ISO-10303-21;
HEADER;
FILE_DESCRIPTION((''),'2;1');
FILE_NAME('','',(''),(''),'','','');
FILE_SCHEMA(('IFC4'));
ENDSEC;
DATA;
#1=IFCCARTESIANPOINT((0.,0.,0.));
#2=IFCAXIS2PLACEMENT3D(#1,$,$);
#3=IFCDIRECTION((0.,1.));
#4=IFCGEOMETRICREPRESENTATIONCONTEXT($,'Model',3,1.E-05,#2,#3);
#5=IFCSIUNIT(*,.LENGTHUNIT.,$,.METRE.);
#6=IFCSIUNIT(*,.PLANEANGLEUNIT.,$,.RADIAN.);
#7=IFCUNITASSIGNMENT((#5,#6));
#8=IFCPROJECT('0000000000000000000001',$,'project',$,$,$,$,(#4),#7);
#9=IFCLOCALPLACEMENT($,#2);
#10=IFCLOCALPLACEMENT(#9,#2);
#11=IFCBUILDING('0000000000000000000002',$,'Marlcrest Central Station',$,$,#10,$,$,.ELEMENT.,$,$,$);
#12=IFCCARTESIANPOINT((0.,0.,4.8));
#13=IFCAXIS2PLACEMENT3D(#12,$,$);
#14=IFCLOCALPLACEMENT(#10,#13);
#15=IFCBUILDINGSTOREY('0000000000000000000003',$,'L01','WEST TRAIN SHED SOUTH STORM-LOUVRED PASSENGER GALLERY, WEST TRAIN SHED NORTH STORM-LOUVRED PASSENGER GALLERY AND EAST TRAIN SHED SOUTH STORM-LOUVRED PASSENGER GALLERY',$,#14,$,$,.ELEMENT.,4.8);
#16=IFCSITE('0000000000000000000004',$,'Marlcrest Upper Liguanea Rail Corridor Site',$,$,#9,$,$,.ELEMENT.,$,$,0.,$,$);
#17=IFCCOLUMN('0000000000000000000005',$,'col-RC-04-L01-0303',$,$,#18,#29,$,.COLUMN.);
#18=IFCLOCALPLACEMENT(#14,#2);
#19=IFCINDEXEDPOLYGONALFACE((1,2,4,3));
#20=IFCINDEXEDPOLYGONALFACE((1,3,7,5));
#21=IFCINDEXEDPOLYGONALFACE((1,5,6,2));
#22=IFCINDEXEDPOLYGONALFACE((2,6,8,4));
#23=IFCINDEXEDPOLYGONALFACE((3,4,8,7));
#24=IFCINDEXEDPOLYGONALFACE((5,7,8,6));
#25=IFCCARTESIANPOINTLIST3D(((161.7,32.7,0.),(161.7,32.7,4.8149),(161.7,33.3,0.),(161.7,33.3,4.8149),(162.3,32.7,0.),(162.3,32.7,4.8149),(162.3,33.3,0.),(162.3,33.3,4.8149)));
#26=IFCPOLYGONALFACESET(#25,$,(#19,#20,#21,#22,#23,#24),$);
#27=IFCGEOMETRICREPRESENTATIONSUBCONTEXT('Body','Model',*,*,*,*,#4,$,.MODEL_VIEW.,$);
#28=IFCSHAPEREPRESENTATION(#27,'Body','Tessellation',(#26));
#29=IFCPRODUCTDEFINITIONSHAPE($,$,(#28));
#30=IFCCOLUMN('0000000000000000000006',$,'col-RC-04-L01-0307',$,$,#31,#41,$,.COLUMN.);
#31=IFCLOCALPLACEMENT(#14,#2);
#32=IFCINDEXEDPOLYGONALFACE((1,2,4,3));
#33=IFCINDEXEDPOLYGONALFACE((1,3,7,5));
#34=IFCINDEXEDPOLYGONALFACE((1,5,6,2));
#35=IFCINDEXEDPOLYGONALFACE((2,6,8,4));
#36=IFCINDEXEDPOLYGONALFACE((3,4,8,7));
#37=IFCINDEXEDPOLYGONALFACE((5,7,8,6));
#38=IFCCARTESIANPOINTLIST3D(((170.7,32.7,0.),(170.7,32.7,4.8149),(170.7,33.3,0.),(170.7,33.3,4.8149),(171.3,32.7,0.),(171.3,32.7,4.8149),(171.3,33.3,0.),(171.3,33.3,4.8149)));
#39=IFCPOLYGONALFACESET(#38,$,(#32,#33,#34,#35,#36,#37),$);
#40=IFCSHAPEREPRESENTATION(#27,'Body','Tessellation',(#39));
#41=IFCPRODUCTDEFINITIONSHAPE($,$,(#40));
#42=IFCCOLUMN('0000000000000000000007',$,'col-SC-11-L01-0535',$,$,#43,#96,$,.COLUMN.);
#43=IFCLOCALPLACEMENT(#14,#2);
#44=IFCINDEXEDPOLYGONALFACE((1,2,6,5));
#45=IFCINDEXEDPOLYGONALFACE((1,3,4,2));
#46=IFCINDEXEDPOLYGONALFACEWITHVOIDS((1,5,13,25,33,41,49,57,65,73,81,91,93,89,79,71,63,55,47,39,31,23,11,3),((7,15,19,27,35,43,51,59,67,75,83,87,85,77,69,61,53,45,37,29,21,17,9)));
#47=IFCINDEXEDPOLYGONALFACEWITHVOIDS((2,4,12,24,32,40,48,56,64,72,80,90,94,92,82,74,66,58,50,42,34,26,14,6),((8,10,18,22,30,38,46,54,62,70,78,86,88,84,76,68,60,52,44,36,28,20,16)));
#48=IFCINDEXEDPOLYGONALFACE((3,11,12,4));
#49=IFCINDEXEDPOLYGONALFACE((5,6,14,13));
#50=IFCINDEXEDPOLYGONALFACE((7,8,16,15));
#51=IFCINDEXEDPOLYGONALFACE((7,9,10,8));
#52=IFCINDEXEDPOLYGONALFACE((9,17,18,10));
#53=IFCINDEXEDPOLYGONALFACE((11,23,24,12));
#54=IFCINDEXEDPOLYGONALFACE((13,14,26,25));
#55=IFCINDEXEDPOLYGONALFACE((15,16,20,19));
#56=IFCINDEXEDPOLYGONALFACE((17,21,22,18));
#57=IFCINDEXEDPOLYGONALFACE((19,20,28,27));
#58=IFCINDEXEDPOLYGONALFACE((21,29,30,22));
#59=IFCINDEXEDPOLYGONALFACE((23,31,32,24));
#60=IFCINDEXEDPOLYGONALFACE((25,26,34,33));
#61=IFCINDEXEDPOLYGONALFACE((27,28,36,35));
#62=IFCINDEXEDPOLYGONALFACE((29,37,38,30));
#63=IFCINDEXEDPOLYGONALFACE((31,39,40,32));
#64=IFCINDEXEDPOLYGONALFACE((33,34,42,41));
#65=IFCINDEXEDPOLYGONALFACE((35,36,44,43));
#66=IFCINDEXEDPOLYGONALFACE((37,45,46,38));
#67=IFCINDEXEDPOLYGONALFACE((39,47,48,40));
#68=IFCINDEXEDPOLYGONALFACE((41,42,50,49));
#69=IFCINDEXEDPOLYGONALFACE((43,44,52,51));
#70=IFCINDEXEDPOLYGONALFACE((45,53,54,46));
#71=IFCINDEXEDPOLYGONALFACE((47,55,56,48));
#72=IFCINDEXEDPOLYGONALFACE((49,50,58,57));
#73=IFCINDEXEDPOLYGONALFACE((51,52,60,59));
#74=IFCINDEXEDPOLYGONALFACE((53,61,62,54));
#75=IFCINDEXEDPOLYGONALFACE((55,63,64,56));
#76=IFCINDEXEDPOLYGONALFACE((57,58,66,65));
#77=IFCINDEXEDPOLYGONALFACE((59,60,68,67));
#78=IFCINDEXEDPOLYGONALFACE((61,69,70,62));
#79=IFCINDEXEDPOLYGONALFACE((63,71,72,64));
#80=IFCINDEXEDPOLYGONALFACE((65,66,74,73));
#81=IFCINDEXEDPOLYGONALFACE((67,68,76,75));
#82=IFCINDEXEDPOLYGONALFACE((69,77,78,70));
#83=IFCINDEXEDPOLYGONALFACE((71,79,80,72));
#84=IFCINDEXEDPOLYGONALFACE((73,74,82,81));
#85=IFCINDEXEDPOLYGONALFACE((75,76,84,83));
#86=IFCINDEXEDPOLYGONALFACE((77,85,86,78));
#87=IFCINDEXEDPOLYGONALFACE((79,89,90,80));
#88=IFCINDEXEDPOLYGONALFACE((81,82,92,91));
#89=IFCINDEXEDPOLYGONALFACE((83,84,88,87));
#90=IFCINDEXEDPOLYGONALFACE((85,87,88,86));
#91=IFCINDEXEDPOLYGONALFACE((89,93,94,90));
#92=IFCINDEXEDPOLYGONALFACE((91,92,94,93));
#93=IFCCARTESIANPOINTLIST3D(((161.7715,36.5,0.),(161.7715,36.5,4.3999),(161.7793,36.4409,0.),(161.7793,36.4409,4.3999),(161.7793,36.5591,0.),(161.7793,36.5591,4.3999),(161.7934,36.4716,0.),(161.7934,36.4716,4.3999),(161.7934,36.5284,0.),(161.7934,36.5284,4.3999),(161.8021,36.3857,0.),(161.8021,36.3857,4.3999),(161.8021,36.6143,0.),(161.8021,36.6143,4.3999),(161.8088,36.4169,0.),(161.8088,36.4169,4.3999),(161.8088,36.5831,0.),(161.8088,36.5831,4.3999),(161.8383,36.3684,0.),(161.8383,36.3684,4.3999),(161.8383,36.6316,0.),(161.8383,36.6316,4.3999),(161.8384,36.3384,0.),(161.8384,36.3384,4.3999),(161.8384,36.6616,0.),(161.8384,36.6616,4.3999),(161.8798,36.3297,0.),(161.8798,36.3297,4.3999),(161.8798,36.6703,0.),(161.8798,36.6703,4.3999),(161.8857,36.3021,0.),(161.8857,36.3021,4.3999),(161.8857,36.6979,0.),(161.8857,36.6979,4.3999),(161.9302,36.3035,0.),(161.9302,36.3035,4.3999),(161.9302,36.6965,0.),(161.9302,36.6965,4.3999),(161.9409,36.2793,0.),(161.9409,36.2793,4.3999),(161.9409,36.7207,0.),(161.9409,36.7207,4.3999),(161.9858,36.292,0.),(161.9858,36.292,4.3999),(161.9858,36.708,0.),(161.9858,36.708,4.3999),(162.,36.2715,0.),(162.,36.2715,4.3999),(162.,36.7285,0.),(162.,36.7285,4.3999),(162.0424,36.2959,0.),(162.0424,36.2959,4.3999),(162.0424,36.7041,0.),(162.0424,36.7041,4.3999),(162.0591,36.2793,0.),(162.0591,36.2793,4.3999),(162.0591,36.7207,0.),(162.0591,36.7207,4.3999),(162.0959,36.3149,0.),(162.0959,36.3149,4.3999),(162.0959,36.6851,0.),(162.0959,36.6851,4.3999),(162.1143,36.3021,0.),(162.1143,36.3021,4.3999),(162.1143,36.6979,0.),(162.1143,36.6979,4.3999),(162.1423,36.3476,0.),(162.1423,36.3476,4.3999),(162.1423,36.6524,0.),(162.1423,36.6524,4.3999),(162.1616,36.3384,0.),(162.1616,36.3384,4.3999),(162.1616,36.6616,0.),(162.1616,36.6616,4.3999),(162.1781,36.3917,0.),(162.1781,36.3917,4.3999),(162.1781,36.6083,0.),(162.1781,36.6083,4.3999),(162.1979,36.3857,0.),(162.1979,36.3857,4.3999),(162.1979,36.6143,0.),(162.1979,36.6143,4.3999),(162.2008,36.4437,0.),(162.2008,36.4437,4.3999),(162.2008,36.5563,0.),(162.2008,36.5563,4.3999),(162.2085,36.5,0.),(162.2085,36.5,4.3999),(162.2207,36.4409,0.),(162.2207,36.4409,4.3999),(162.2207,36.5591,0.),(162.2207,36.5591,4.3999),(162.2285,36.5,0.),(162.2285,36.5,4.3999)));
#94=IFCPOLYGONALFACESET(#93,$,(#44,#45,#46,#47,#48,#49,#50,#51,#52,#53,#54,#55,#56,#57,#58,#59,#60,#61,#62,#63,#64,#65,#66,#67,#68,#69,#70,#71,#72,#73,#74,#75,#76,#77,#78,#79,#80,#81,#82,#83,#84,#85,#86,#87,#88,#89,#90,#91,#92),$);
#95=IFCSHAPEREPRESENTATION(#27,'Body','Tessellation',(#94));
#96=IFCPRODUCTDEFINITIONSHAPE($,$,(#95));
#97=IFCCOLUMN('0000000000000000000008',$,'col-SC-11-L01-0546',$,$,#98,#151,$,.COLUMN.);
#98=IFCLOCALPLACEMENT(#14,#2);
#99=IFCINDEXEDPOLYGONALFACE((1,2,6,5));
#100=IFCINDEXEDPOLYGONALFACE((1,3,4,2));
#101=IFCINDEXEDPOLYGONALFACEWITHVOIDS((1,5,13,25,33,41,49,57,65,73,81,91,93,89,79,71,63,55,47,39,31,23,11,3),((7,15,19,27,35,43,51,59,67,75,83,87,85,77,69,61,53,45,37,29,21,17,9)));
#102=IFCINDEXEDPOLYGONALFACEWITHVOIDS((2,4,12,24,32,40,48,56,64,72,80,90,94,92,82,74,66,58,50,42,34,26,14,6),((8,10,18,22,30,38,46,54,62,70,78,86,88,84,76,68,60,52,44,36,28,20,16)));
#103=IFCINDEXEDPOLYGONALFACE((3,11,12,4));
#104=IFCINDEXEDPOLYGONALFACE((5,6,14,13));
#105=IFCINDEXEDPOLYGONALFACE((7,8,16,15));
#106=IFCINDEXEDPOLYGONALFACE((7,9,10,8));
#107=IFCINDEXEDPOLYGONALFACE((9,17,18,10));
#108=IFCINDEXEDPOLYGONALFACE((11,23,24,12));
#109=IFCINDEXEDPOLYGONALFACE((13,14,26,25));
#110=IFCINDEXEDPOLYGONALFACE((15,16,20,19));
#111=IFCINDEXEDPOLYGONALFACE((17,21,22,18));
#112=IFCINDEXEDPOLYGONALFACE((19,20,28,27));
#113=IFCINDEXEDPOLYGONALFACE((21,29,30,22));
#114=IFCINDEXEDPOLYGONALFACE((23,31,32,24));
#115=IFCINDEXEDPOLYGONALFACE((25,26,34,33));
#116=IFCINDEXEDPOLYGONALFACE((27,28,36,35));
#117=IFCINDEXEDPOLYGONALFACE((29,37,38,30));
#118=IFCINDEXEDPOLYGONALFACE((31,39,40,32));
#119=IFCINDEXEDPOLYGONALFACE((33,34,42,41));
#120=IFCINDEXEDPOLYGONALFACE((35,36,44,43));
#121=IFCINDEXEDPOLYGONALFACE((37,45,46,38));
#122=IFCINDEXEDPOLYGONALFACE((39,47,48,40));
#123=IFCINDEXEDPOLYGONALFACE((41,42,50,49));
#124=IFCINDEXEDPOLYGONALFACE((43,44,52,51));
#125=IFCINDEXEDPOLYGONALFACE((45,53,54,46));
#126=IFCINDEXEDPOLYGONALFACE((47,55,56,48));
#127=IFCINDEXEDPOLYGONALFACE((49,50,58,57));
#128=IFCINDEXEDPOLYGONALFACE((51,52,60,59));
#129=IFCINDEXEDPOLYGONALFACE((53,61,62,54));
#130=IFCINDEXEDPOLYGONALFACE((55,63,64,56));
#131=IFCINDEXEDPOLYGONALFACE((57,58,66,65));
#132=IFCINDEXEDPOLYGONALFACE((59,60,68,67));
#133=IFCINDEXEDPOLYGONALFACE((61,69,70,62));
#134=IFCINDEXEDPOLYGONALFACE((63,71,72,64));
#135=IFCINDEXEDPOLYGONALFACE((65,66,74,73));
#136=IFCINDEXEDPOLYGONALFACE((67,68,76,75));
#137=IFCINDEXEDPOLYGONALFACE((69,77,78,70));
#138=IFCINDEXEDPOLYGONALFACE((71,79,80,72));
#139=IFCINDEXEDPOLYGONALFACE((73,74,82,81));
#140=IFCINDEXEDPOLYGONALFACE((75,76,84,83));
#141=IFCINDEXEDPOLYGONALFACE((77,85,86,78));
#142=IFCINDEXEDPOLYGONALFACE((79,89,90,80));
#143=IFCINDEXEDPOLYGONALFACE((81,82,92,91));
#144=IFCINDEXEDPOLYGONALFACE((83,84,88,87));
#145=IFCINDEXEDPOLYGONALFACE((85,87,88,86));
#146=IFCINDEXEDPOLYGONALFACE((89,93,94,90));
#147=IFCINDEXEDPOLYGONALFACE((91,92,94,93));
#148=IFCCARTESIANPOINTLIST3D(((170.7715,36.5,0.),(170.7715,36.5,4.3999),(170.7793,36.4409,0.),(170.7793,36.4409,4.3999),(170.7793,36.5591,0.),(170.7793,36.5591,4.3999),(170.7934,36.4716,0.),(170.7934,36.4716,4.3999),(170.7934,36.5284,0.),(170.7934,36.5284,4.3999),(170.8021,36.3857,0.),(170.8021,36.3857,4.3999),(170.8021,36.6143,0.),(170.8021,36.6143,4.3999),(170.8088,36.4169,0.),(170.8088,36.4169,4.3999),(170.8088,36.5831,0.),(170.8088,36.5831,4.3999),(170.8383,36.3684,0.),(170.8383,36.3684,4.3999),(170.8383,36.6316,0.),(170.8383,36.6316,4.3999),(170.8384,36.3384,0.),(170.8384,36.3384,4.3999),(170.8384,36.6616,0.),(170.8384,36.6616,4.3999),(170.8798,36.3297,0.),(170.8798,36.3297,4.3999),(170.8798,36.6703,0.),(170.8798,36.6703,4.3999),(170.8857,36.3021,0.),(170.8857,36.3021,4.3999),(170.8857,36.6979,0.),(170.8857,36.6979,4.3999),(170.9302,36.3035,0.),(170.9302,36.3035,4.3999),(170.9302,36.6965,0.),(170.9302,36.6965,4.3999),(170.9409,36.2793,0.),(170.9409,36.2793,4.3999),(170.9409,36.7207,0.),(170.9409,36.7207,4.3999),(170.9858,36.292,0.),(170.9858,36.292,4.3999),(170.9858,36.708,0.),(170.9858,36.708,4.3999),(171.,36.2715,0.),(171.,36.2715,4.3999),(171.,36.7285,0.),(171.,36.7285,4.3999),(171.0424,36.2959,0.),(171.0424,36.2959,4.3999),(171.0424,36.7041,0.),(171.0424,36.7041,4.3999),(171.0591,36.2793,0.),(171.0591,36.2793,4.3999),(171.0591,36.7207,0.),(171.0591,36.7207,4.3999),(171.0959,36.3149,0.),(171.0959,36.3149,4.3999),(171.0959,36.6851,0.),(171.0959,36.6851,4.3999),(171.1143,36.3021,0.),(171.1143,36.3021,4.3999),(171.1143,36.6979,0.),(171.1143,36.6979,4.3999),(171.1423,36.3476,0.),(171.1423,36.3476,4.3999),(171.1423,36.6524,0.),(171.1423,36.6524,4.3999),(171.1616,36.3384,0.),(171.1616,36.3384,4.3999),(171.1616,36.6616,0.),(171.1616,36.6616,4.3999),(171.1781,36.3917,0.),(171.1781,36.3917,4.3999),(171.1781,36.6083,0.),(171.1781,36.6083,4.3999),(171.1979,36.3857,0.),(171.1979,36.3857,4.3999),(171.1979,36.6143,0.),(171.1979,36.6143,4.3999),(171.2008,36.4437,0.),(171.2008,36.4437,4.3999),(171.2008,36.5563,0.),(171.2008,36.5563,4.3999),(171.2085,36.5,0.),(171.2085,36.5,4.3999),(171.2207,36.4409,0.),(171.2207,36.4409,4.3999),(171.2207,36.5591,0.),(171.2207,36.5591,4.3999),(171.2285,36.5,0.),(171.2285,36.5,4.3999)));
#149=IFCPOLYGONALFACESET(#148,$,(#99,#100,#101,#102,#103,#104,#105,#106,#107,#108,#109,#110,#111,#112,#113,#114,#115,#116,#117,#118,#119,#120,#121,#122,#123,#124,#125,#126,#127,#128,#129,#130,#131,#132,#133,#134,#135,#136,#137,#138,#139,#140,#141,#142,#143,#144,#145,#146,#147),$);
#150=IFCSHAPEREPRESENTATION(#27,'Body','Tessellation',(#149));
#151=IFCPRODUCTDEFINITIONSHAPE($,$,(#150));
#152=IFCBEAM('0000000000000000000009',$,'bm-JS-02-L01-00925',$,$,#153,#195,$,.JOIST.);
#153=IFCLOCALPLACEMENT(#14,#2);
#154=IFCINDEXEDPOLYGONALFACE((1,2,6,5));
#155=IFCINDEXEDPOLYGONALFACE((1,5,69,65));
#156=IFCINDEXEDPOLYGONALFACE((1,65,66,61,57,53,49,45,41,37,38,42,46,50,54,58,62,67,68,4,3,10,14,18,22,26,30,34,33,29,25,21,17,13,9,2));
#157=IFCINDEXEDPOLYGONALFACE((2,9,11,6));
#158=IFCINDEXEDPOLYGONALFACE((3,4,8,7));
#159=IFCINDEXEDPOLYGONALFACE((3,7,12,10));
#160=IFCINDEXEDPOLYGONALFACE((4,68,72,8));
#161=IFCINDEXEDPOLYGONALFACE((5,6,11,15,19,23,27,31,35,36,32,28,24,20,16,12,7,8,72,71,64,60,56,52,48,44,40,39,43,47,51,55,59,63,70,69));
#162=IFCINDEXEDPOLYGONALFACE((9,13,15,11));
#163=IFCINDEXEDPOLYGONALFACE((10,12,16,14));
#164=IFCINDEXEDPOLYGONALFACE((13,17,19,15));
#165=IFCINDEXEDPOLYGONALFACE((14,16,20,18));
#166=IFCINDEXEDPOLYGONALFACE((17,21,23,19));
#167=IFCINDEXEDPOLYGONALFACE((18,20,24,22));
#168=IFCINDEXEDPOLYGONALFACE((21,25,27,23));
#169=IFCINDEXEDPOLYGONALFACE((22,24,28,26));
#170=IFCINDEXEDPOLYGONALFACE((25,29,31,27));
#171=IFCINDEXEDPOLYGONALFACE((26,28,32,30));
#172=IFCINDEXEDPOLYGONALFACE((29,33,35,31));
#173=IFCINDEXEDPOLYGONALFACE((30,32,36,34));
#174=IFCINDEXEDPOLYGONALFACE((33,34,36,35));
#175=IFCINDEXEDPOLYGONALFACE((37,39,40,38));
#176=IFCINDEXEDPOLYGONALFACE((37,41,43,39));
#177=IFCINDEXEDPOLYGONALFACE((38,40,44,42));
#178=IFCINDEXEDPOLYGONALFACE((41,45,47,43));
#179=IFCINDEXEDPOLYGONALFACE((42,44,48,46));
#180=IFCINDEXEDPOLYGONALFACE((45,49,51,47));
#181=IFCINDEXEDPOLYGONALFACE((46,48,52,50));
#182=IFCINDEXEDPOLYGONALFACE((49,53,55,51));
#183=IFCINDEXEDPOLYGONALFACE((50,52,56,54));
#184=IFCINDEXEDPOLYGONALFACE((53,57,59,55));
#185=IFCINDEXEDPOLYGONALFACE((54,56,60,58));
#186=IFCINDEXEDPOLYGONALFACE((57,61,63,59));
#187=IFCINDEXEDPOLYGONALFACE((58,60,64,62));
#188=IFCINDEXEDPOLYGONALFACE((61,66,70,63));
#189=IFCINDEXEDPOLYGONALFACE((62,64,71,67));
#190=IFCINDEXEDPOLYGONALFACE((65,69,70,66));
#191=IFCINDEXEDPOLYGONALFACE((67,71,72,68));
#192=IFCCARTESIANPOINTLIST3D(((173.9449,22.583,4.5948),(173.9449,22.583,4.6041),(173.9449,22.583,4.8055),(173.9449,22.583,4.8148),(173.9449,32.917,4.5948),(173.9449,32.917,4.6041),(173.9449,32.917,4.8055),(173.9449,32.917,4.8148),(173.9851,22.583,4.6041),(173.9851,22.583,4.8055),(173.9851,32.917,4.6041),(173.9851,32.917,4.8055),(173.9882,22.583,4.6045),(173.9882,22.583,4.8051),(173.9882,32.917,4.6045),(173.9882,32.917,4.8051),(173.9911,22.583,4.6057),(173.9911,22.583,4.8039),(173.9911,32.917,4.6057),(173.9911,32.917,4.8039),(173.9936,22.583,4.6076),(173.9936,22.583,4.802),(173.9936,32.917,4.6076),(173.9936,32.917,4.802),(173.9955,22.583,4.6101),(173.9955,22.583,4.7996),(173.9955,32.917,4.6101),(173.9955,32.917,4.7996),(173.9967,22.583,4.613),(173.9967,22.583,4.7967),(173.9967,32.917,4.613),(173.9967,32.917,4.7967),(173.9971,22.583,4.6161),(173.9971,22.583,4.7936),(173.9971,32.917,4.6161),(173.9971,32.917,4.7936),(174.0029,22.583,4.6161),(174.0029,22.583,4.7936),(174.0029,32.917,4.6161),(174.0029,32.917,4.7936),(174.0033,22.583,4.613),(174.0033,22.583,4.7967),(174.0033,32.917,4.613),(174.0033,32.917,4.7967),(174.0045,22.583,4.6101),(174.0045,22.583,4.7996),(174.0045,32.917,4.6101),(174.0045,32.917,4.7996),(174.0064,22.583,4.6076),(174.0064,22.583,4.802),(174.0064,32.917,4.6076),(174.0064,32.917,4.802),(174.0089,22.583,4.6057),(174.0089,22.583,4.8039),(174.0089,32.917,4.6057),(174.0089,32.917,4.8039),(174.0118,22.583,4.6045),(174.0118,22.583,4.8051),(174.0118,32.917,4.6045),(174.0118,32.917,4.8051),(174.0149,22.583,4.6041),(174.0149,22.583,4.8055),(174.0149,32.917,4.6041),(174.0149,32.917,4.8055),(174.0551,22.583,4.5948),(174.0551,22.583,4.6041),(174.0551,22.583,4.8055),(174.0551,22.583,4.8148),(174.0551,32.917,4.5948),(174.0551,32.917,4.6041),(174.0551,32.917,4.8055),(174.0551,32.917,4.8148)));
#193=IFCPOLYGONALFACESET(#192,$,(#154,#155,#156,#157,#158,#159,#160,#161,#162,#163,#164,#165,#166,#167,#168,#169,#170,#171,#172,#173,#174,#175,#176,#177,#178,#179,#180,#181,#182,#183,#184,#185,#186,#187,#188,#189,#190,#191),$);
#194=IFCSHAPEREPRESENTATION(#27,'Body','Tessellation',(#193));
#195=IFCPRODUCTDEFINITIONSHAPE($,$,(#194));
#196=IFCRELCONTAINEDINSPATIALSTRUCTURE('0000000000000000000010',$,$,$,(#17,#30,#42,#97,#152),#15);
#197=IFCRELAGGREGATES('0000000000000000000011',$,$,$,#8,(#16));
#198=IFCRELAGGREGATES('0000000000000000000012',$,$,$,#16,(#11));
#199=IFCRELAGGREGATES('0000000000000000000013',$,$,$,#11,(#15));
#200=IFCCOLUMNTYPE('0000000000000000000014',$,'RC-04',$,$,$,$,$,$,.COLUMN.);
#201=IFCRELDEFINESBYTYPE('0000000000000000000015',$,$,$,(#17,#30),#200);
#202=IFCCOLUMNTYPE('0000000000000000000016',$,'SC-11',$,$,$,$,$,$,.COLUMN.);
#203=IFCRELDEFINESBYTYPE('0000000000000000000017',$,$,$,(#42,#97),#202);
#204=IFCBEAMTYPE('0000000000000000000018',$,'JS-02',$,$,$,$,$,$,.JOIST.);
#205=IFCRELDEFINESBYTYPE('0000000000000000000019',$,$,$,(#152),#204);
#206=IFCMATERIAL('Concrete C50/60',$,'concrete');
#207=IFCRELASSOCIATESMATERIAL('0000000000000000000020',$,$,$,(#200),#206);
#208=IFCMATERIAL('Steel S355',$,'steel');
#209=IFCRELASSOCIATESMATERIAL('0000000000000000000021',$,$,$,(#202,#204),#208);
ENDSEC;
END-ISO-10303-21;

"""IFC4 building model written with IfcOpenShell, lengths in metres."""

from ifc_helpers import new_model, si_unit, direction, frame, origin, origin_2d, place, context, subcontext, project, spatial, rectangle, hollow_circle, i_section, extrude, material, material_profile, profile_set, type_object, element, save


model = new_model("IFC4")

# Units and contexts
model_context = context("Model", 3, precision=1e-05, world=origin(), true_north=direction((0.0, 1.0)))
body_context = subcontext(model_context, "Body", "Model", "MODEL_VIEW")
ifc_project = project(units=[si_unit("LENGTHUNIT", "METRE"), si_unit("PLANEANGLEUNIT", "RADIAN")], contexts=[model_context])

# Site, building, storey
site_placement = place(None, origin())
site = spatial("IfcSite", under=ifc_project, at=site_placement, Name="Marlcrest Upper Liguanea Rail Corridor Site", CompositionType="ELEMENT", RefElevation=0.0)
building_placement = place(site_placement, origin())
building = spatial("IfcBuilding", under=site, at=building_placement, Name="Marlcrest Central Station", CompositionType="ELEMENT")
storey_placement = place(building_placement, frame((0.0, 0.0, 4.8)))
storey = spatial("IfcBuildingStorey", under=building, at=storey_placement, Name="L01", Description="WEST TRAIN SHED SOUTH STORM-LOUVRED PASSENGER GALLERY, WEST TRAIN SHED NORTH STORM-LOUVRED PASSENGER GALLERY AND EAST TRAIN SHED SOUTH STORM-LOUVRED PASSENGER GALLERY", CompositionType="ELEMENT", Elevation=4.8)

# Columns
ifc_material_1 = material(Name="Concrete C50/60", Category="concrete")
ifc_material_profile_1 = material_profile(ifc_material_1, rectangle(XDim=0.6001, YDim=0.6001, at=origin_2d()), Name="RC 600x600")
ifc_profile_set_1 = profile_set([ifc_material_profile_1], Name="Concrete C50/60")
column_type_1 = type_object("IfcColumnType", Name="RC-04", PredefinedType="COLUMN", material=ifc_profile_set_1)
for number, where, z_axis, x_axis, name in (
    (1, (162.0, 33.0, 0.0), (0.0, 0.0, 1.0), (1.0, 0.0, 0.0), "col-RC-04-L01-0303"),
    (2, (171.0, 33.0, 0.0), (0.0, 0.0, 1.0), (1.0, 0.0, 0.0), "col-RC-04-L01-0307"),
):
    element("IfcColumn", number, at=place(storey_placement, frame(where, z_axis=z_axis, x_axis=x_axis)), inside=storey, type_object=column_type_1, Name=name, PredefinedType="COLUMN", context=body_context, shape_type="SweptSolid", body=[
        extrude(rectangle(XDim=0.6001, YDim=0.6001, at=origin_2d()), origin(), (0.0, 0.0, 1.0), 4.8149),
    ])
ifc_material_2 = material(Name="Steel S355", Category="steel")
ifc_material_profile_2 = material_profile(ifc_material_2, hollow_circle(Radius=0.2285, WallThickness=0.02, at=origin_2d()), Name="CHS 457x20")
ifc_profile_set_2 = profile_set([ifc_material_profile_2], Name="Steel S355")
column_type_2 = type_object("IfcColumnType", Name="SC-11", PredefinedType="COLUMN", material=ifc_profile_set_2)
for number, where, z_axis, x_axis, name in (
    (3, (162.0, 36.5, 0.0), (0.0, 0.0, 1.0), (1.0, 0.0, 0.0), "col-SC-11-L01-0535"),
    (4, (171.0, 36.5, 0.0), (0.0, 0.0, 1.0), (1.0, 0.0, 0.0), "col-SC-11-L01-0546"),
):
    element("IfcColumn", number, at=place(storey_placement, frame(where, z_axis=z_axis, x_axis=x_axis)), inside=storey, type_object=column_type_2, Name=name, PredefinedType="COLUMN", context=body_context, shape_type="SweptSolid", body=[
        extrude(hollow_circle(Radius=0.2285, WallThickness=0.02, at=origin_2d()), origin(), (0.0, 0.0, 1.0), 4.3999),
    ])

# Beam
ifc_material_profile_3 = material_profile(ifc_material_2, i_section(OverallWidth=0.1101, OverallDepth=0.22, WebThickness=0.0059, FlangeThickness=0.0093, FilletRadius=0.012, at=origin_2d()), Name="IPE 220")
ifc_profile_set_3 = profile_set([ifc_material_profile_3], Name="Steel S355")
beam_type_1 = type_object("IfcBeamType", Name="JS-02", PredefinedType="JOIST", material=ifc_profile_set_3)
for number, where, z_axis, x_axis, name in (
    (5, (174.0, 22.583, 4.7048), (0.0, 1.0, 0.0), (-1.0, 0.0, 0.0), "bm-JS-02-L01-00925"),
):
    element("IfcBeam", number, at=place(storey_placement, frame(where, z_axis=z_axis, x_axis=x_axis)), inside=storey, type_object=beam_type_1, Name=name, PredefinedType="JOIST", context=body_context, shape_type="SweptSolid", body=[
        extrude(i_section(OverallWidth=0.1101, OverallDepth=0.22, WebThickness=0.0059, FlangeThickness=0.0093, FilletRadius=0.012, at=origin_2d()), origin(), (0.0, 0.0, 1.0), 10.334),
    ])

save(model, "model.ifc")
